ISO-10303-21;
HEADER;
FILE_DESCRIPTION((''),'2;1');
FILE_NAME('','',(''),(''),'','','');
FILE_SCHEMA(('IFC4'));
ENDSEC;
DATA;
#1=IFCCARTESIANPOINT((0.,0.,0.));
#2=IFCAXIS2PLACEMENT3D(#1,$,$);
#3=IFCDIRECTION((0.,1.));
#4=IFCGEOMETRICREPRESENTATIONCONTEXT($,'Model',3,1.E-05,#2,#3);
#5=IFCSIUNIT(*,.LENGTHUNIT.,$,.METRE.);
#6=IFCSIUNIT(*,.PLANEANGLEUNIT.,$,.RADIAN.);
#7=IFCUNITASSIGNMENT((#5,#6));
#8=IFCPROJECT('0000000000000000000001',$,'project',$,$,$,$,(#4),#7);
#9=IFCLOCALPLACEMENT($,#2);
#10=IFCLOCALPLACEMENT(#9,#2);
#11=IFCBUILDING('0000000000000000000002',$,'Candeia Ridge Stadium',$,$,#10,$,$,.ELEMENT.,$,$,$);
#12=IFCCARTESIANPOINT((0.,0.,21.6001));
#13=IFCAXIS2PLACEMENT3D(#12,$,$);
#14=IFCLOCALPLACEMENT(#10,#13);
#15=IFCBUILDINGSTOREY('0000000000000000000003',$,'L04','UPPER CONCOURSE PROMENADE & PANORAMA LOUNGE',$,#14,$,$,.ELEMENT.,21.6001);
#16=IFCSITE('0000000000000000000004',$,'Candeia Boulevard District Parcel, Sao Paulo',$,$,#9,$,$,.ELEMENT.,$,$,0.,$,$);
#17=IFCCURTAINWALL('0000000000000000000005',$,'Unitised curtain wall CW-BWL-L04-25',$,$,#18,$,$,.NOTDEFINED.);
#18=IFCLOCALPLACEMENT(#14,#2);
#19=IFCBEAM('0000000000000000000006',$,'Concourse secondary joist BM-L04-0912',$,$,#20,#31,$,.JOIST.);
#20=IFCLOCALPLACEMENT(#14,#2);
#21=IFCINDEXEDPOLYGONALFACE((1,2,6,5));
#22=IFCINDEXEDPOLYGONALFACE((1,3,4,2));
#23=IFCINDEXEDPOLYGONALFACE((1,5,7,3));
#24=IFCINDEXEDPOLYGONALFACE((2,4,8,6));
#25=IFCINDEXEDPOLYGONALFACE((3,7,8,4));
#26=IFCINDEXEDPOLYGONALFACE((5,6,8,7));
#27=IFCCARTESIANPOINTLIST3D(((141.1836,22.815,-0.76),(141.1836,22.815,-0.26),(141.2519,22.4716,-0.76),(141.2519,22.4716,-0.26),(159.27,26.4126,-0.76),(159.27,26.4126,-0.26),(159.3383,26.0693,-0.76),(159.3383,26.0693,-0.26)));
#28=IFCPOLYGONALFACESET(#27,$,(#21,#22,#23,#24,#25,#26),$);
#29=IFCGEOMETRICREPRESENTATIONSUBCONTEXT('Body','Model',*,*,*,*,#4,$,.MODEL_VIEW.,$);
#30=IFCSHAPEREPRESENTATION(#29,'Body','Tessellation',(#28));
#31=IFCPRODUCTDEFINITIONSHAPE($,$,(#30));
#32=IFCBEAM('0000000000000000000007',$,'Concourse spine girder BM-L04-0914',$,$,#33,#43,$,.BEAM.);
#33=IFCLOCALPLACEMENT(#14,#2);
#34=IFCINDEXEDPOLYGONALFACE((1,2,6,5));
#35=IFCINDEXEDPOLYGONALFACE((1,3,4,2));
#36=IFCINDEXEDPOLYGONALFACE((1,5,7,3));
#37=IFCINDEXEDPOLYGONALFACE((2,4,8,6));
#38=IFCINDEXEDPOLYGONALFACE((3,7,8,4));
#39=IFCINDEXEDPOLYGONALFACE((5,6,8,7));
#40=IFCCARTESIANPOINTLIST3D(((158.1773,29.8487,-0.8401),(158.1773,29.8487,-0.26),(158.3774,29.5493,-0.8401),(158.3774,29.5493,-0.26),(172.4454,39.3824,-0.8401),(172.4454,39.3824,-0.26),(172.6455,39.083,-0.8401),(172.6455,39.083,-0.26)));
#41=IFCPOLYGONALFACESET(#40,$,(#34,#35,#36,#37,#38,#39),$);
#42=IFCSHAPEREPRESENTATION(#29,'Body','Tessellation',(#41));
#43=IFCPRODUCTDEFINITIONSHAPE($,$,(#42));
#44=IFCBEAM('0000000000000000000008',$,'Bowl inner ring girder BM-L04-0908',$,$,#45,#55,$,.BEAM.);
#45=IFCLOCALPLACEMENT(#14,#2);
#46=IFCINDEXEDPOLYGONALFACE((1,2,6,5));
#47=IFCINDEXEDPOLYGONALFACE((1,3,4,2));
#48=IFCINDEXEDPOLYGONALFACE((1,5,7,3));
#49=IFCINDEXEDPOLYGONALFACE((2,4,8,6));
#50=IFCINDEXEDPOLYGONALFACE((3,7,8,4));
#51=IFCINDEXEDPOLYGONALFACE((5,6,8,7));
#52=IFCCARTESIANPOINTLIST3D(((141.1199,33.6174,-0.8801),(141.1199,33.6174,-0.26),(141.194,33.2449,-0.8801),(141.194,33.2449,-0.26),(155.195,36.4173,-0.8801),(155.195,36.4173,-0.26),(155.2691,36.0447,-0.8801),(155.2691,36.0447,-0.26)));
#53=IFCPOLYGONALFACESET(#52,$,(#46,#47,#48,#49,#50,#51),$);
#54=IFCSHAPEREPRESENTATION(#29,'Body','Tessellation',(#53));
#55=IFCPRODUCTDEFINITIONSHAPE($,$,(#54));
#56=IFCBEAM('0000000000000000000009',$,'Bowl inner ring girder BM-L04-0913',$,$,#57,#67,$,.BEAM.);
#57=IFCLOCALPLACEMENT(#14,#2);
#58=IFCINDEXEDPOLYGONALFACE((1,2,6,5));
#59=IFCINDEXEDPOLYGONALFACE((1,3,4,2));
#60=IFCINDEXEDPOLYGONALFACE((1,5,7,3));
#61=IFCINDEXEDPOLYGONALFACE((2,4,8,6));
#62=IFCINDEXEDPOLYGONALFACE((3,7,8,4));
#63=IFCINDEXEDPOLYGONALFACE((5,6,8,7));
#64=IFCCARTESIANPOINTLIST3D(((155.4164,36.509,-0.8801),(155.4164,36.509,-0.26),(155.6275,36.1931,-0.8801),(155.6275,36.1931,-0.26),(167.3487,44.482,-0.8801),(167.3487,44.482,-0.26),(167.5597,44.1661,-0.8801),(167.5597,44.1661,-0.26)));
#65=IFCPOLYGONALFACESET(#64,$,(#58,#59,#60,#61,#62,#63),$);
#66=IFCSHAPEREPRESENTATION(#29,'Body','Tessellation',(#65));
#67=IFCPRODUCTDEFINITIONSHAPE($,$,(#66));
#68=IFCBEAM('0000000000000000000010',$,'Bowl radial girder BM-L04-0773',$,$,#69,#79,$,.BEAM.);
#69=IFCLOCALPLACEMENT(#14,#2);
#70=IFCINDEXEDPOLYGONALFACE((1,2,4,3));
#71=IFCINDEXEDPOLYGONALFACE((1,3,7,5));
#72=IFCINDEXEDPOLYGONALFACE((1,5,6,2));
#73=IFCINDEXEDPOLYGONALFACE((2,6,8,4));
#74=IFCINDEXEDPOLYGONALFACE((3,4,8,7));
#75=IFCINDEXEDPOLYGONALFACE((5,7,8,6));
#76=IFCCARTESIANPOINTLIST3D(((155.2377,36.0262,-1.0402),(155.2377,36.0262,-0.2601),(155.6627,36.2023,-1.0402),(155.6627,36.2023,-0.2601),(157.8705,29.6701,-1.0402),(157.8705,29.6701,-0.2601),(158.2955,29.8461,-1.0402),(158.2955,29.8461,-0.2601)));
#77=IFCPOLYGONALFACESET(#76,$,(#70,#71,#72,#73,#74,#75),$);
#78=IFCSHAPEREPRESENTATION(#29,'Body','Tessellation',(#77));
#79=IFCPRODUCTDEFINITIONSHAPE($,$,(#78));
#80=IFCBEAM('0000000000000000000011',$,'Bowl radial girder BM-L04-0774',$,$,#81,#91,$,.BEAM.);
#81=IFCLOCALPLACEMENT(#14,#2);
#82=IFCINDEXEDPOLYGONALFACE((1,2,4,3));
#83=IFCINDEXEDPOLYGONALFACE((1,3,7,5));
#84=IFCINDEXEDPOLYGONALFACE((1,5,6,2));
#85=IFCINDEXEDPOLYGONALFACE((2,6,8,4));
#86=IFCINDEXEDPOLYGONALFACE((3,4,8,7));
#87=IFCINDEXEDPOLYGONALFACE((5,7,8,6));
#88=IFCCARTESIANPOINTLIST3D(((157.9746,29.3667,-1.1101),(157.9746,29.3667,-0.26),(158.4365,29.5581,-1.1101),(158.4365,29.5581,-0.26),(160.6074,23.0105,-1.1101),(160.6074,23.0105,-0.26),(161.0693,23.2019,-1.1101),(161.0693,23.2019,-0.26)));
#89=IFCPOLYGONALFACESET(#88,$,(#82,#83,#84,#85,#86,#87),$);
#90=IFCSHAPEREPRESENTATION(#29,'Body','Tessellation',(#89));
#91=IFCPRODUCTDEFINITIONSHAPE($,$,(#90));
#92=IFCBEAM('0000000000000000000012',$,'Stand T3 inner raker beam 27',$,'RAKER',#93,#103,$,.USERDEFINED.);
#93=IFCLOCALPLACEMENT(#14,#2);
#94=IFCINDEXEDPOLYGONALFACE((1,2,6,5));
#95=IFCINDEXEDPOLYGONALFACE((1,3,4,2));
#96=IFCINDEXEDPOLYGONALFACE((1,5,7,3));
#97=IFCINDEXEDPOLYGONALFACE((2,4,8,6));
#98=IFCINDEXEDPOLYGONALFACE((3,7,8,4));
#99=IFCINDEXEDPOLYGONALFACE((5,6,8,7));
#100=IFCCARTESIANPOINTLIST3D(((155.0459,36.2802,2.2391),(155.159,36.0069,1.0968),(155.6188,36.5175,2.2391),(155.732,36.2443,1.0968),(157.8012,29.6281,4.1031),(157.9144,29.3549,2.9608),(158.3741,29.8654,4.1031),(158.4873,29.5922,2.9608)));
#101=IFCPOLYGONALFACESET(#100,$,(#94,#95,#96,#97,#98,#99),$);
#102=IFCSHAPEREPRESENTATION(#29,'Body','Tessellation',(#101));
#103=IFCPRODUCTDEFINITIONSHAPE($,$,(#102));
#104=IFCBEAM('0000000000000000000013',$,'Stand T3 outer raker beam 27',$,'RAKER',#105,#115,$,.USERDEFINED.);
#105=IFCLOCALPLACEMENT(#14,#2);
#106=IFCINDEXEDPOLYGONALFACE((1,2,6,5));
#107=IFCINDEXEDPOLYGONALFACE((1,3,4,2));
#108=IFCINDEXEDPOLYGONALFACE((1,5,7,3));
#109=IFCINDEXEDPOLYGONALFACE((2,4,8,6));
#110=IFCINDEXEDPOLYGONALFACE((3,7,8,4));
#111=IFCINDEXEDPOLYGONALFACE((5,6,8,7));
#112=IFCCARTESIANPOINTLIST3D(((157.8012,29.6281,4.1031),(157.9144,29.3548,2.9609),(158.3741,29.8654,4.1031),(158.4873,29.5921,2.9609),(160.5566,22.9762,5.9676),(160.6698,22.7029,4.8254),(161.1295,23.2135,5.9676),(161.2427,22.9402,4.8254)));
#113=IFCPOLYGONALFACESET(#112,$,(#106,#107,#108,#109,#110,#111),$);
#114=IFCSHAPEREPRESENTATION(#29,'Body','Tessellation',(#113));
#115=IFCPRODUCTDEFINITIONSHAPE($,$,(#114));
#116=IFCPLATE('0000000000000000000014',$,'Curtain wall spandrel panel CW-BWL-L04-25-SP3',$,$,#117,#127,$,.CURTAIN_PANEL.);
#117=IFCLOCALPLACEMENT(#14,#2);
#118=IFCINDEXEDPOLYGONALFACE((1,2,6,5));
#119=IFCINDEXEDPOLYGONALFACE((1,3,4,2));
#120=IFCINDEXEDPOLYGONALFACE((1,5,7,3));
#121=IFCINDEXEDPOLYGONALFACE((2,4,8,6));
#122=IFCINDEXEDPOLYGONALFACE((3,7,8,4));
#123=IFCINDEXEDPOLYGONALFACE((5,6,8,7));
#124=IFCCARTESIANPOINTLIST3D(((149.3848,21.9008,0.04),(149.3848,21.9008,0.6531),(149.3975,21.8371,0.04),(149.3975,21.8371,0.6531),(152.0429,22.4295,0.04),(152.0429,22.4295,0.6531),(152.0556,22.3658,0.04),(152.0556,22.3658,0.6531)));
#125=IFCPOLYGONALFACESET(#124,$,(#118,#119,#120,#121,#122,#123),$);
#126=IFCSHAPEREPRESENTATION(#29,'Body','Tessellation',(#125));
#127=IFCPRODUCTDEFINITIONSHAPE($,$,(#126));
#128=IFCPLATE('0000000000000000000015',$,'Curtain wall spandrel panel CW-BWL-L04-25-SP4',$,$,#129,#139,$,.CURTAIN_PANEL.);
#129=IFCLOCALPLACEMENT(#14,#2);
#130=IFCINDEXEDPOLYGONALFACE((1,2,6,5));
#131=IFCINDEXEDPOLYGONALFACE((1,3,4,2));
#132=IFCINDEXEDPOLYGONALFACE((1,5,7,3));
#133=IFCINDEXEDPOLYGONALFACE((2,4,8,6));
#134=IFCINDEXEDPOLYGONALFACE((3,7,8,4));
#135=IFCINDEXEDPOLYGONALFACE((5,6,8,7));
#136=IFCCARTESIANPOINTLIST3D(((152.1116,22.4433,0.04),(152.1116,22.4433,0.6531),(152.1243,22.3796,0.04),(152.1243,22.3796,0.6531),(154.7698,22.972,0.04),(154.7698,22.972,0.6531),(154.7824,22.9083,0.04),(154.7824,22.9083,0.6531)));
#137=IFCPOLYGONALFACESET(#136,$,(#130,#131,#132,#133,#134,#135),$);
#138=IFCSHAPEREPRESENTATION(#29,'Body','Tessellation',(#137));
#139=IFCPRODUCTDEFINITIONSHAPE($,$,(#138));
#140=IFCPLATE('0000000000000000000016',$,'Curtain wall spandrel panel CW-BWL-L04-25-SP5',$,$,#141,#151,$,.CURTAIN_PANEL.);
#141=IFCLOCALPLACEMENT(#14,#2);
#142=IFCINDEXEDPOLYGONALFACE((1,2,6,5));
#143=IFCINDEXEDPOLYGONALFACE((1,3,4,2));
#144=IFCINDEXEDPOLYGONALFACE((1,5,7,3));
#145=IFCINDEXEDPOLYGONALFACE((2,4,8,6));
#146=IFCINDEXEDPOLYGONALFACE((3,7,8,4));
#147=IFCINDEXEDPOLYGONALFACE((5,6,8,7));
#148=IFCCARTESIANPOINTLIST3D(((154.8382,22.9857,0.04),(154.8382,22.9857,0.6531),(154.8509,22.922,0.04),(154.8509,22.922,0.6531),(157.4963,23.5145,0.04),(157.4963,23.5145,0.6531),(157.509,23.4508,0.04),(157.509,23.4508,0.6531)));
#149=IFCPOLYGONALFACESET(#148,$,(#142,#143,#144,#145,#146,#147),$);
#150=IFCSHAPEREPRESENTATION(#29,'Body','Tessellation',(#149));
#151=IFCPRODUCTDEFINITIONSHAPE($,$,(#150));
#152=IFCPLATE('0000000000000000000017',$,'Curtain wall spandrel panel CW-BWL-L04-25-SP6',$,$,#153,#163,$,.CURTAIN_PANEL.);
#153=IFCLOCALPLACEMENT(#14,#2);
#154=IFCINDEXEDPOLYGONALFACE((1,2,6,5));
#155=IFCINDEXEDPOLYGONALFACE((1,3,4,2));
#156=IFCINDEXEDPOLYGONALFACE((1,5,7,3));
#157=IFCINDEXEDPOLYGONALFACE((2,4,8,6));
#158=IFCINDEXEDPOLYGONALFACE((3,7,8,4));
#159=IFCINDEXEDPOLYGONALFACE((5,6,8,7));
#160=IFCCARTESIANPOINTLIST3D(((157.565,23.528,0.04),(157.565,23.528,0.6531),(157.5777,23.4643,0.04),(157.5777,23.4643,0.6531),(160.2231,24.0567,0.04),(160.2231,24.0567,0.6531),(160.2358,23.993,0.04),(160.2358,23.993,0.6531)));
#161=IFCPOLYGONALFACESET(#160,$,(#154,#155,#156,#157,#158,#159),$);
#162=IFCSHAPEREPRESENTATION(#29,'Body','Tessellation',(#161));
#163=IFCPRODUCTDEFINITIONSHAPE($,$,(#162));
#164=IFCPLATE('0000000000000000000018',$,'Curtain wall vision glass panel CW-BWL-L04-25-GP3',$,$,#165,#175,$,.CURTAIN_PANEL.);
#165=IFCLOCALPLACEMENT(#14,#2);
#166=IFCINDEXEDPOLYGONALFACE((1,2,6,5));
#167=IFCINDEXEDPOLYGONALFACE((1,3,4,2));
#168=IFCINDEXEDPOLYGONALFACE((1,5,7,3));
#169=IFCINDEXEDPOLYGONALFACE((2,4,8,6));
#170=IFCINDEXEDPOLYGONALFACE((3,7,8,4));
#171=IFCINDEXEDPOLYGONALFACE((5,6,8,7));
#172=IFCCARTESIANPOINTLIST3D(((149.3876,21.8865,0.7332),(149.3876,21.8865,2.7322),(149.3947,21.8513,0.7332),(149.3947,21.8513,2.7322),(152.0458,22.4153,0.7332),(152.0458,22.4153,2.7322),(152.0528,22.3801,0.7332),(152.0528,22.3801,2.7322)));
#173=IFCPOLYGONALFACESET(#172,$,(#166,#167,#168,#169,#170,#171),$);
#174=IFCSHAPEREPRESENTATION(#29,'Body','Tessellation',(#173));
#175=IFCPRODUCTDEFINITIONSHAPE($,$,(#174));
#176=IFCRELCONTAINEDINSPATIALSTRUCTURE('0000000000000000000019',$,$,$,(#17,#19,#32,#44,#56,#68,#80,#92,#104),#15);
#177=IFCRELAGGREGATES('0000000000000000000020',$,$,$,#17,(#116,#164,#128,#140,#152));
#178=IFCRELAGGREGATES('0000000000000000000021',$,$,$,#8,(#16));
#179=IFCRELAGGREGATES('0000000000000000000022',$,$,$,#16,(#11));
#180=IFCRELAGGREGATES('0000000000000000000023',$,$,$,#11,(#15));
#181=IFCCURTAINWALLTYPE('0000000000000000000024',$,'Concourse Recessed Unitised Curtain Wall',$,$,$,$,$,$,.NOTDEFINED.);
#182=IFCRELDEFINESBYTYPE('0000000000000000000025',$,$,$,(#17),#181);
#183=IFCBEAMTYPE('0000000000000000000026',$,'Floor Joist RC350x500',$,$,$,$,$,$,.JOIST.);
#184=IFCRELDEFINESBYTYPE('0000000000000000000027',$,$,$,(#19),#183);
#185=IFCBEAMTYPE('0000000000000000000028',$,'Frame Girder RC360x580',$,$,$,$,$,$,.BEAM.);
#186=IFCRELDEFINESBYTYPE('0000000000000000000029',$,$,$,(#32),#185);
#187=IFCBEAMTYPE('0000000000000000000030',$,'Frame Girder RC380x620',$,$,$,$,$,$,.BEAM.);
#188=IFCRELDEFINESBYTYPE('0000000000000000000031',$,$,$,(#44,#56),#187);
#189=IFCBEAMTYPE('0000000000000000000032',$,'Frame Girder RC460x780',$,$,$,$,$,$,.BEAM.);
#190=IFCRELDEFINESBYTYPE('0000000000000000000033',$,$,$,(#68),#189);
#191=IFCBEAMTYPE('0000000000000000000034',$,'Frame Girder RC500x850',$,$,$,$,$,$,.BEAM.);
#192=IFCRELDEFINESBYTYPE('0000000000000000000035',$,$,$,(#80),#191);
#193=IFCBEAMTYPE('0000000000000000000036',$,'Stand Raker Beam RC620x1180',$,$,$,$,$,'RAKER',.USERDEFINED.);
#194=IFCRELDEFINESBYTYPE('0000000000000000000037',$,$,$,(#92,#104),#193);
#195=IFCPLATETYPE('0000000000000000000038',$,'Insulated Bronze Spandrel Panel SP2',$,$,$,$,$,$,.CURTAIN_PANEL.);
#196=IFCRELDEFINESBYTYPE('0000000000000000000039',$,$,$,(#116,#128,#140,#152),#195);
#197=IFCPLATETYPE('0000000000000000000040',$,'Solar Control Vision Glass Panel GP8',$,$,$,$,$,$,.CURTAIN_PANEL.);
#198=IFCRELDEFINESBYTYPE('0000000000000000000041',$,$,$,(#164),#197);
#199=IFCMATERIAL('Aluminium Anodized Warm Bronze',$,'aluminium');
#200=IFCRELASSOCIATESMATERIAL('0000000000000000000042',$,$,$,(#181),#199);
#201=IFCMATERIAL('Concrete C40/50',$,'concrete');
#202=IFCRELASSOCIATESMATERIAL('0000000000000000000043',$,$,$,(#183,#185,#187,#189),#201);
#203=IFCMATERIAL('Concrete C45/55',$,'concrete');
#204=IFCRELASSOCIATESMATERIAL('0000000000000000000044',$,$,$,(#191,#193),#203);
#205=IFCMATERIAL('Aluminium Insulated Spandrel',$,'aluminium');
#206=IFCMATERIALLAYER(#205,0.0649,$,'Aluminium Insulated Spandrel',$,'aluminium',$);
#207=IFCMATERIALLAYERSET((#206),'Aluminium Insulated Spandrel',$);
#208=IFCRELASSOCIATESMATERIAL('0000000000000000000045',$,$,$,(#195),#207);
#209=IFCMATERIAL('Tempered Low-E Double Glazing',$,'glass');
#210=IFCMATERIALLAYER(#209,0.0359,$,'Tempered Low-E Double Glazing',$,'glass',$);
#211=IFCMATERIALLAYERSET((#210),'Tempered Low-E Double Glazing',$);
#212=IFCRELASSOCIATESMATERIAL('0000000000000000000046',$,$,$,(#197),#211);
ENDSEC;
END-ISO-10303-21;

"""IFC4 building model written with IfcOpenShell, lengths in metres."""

from ifc_helpers import new_model, si_unit, direction, frame, origin, origin_2d, place, context, subcontext, project, spatial, rectangle, extrude, material, layer, layer_set, material_profile, profile_set, type_object, element, aggregate, save


model = new_model("IFC4")

# Units and contexts
model_context = context("Model", 3, precision=1e-05, world=origin(), true_north=direction((0.0, 1.0)))
body_context = subcontext(model_context, "Body", "Model", "MODEL_VIEW")
ifc_project = project(units=[si_unit("LENGTHUNIT", "METRE"), si_unit("PLANEANGLEUNIT", "RADIAN")], contexts=[model_context])

# Site, building, storey
site_placement = place(None, origin())
site = spatial("IfcSite", under=ifc_project, at=site_placement, Name="Candeia Boulevard District Parcel, Sao Paulo", CompositionType="ELEMENT", RefElevation=0.0)
building_placement = place(site_placement, origin())
building = spatial("IfcBuilding", under=site, at=building_placement, Name="Candeia Ridge Stadium", CompositionType="ELEMENT")
storey_placement = place(building_placement, frame((0.0, 0.0, 21.6001)))
storey = spatial("IfcBuildingStorey", under=building, at=storey_placement, Name="L04", Description="UPPER CONCOURSE PROMENADE & PANORAMA LOUNGE", CompositionType="ELEMENT", Elevation=21.6001)

# Shared definitions
ifc_material_1 = material(Name="Concrete C45/55", Category="concrete")

# Shared definitions
ifc_material_2 = material(Name="Concrete C40/50", Category="concrete")

# Curtain wall
ifc_material_3 = material(Name="Aluminium Anodized Warm Bronze", Category="aluminium")
curtain_wall_type = type_object("IfcCurtainWallType", Name="Concourse Recessed Unitised Curtain Wall", PredefinedType="NOTDEFINED", material=ifc_material_3)
curtain_wall_1_placement = place(storey_placement, origin())
curtain_wall_1 = element("IfcCurtainWall", 1, at=curtain_wall_1_placement, inside=storey, type_object=curtain_wall_type, Name="Unitised curtain wall CW-BWL-L04-25", PredefinedType="NOTDEFINED")

# Beams
ifc_material_profile_1 = material_profile(ifc_material_2, rectangle(XDim=0.3501, YDim=0.5, at=origin_2d()), Name="RC350x500", Category="concrete")
ifc_profile_set_1 = profile_set([ifc_material_profile_1], Name="Concrete C40/50")
beam_type_1 = type_object("IfcBeamType", Name="Floor Joist RC350x500", PredefinedType="JOIST", material=ifc_profile_set_1)
beam_1_placement = place(storey_placement, frame((141.2178, 22.6433, -0.51), z_axis=(0.980785, 0.195093, 0.0), x_axis=(-0.195093, 0.980785, 0.0)))
element("IfcBeam", 2, at=beam_1_placement, inside=storey, type_object=beam_type_1, Name="Concourse secondary joist BM-L04-0912", PredefinedType="JOIST", context=body_context, shape_type="SweptSolid", body=[
    extrude(rectangle(XDim=0.3501, YDim=0.5, at=origin_2d()), origin(), (0.0, 0.0, 1.0), 18.4407),
])
ifc_material_profile_2 = material_profile(ifc_material_2, rectangle(XDim=0.3601, YDim=0.5801, at=origin_2d()), Name="RC360x580", Category="concrete")
ifc_profile_set_2 = profile_set([ifc_material_profile_2], Name="Concrete C40/50")
beam_type_2 = type_object("IfcBeamType", Name="Frame Girder RC360x580", PredefinedType="BEAM", material=ifc_profile_set_2)
beam_2_placement = place(storey_placement, frame((158.2773, 29.699, -0.55), z_axis=(0.831468, 0.555573, 0.0), x_axis=(-0.555573, 0.831468, 0.0)))
element("IfcBeam", 3, at=beam_2_placement, inside=storey, type_object=beam_type_2, Name="Concourse spine girder BM-L04-0914", PredefinedType="BEAM", context=body_context, shape_type="SweptSolid", body=[
    extrude(rectangle(XDim=0.3601, YDim=0.5801, at=origin_2d()), origin(), (0.0, 0.0, 1.0), 17.1602),
])
ifc_material_profile_3 = material_profile(ifc_material_2, rectangle(XDim=0.3799, YDim=0.6201, at=origin_2d()), Name="RC380x620", Category="concrete")
ifc_profile_set_3 = profile_set([ifc_material_profile_3], Name="Concrete C40/50")
beam_type_3 = type_object("IfcBeamType", Name="Frame Girder RC380x620", PredefinedType="BEAM", material=ifc_profile_set_3)
for number, where, z_axis, x_axis, name in (
    (4, (141.157, 33.4312, -0.5701), (0.980784, 0.195099, 0.0), (-0.195099, 0.980784, 0.0), "Bowl inner ring girder BM-L04-0908"),
    (5, (155.522, 36.3511, -0.5701), (0.831466, 0.555575, 0.0), (-0.555575, 0.831466, 0.0), "Bowl inner ring girder BM-L04-0913"),
):
    element("IfcBeam", number, at=place(storey_placement, frame(where, z_axis=z_axis, x_axis=x_axis)), inside=storey, type_object=beam_type_3, Name=name, PredefinedType="BEAM", context=body_context, shape_type="SweptSolid", body=[
        extrude(rectangle(XDim=0.3799, YDim=0.6201, at=origin_2d()), origin(), (0.0, 0.0, 1.0), 14.3508),
    ])
ifc_material_profile_4 = material_profile(ifc_material_2, rectangle(XDim=0.46, YDim=0.78, at=origin_2d()), Name="RC460x780", Category="concrete")
ifc_profile_set_4 = profile_set([ifc_material_profile_4], Name="Concrete C40/50")
beam_type_4 = type_object("IfcBeamType", Name="Frame Girder RC460x780", PredefinedType="BEAM", material=ifc_profile_set_4)
beam_3_placement = place(storey_placement, frame((155.4502, 36.1143, -0.6501), z_axis=(0.382682, -0.92388, 0.0), x_axis=(0.92388, 0.382682, 0.0)))
element("IfcBeam", 6, at=beam_3_placement, inside=storey, type_object=beam_type_4, Name="Bowl radial girder BM-L04-0773", PredefinedType="BEAM", context=body_context, shape_type="SweptSolid", body=[
    extrude(rectangle(XDim=0.46, YDim=0.78, at=origin_2d()), origin(), (0.0, 0.0, 1.0), 6.8799),
])
ifc_material_profile_5 = material_profile(ifc_material_1, rectangle(XDim=0.5, YDim=0.8501, at=origin_2d()), Name="RC500x850", Category="concrete")
ifc_profile_set_5 = profile_set([ifc_material_profile_5], Name="Concrete C45/55")
beam_type_5 = type_object("IfcBeamType", Name="Frame Girder RC500x850", PredefinedType="BEAM", material=ifc_profile_set_5)
beam_4_placement = place(storey_placement, frame((158.2056, 29.4624, -0.6851), z_axis=(0.382682, -0.92388, 0.0), x_axis=(0.92388, 0.382682, 0.0)))
element("IfcBeam", 7, at=beam_4_placement, inside=storey, type_object=beam_type_5, Name="Bowl radial girder BM-L04-0774", PredefinedType="BEAM", context=body_context, shape_type="SweptSolid", body=[
    extrude(rectangle(XDim=0.5, YDim=0.8501, at=origin_2d()), origin(), (0.0, 0.0, 1.0), 6.8799),
])
ifc_material_profile_6 = material_profile(ifc_material_1, rectangle(XDim=0.6201, YDim=1.1799, at=origin_2d()), Name="RC620x1180", Category="concrete")
ifc_profile_set_6 = profile_set([ifc_material_profile_6], Name="Concrete C45/55")
beam_type_6 = type_object("IfcBeamType", Name="Stand Raker Beam RC620x1180", ElementType="RAKER", PredefinedType="USERDEFINED", material=ifc_profile_set_6)
for number, where, z_axis, x_axis, name in (
    (8, (155.3889, 36.2622, 1.668), (0.370468, -0.894395, 0.250622), (0.92388, 0.382681, 0.0), "Stand T3 inner raker beam 27"),
    (9, (158.1443, 29.6101, 3.532), (0.370473, -0.894373, 0.250691), (0.923875, 0.382693, 0.0), "Stand T3 outer raker beam 27"),
):
    element("IfcBeam", number, at=place(storey_placement, frame(where, z_axis=z_axis, x_axis=x_axis)), inside=storey, type_object=beam_type_6, Name=name, ObjectType="RAKER", PredefinedType="USERDEFINED", context=body_context, shape_type="SweptSolid", body=[
        extrude(rectangle(XDim=0.6201, YDim=1.1799, at=origin_2d()), origin(), (0.0, 0.0, 1.0), 7.4375),
    ])

# Plates
ifc_material_4 = material(Name="Aluminium Insulated Spandrel", Category="aluminium")
ifc_layer_1 = layer(ifc_material_4, 0.0649, Name="Aluminium Insulated Spandrel", Category="aluminium")
ifc_layer_set_1 = layer_set([ifc_layer_1], Name="Aluminium Insulated Spandrel")
plate_type_1 = type_object("IfcPlateType", Name="Insulated Bronze Spandrel Panel SP2", PredefinedType="CURTAIN_PANEL", material=ifc_layer_set_1)
plate_1_placement = place(storey_placement, frame((150.7202, 22.1333, 0.04), z_axis=(0.0, 0.0, 1.0), x_axis=(0.980785, 0.19509, 0.0)))
plate_1 = element("IfcPlate", 10, at=plate_1_placement, type_object=plate_type_1, Name="Curtain wall spandrel panel CW-BWL-L04-25-SP3", PredefinedType="CURTAIN_PANEL", context=body_context, shape_type="SweptSolid", body=[
    extrude(rectangle(XDim=2.7102, YDim=0.0649, at=origin_2d()), origin(), (0.0, 0.0, 1.0), 0.613),
])
plate_2_placement = place(storey_placement, frame((153.447, 22.6758, 0.04), z_axis=(0.0, 0.0, 1.0), x_axis=(0.980785, 0.19509, 0.0)))
plate_2 = element("IfcPlate", 11, at=plate_2_placement, type_object=plate_type_1, Name="Curtain wall spandrel panel CW-BWL-L04-25-SP4", PredefinedType="CURTAIN_PANEL", context=body_context, shape_type="SweptSolid", body=[
    extrude(rectangle(XDim=2.7102, YDim=0.0649, at=origin_2d()), origin(), (0.0, 0.0, 1.0), 0.613),
])
plate_3_placement = place(storey_placement, frame((156.1736, 23.2183, 0.04), z_axis=(0.0, 0.0, 1.0), x_axis=(0.980785, 0.19509, 0.0)))
plate_3 = element("IfcPlate", 12, at=plate_3_placement, type_object=plate_type_1, Name="Curtain wall spandrel panel CW-BWL-L04-25-SP5", PredefinedType="CURTAIN_PANEL", context=body_context, shape_type="SweptSolid", body=[
    extrude(rectangle(XDim=2.7102, YDim=0.0649, at=origin_2d()), origin(), (0.0, 0.0, 1.0), 0.613),
])
plate_4_placement = place(storey_placement, frame((158.9004, 23.7605, 0.04), z_axis=(0.0, 0.0, 1.0), x_axis=(0.980785, 0.19509, 0.0)))
plate_4 = element("IfcPlate", 13, at=plate_4_placement, type_object=plate_type_1, Name="Curtain wall spandrel panel CW-BWL-L04-25-SP6", PredefinedType="CURTAIN_PANEL", context=body_context, shape_type="SweptSolid", body=[
    extrude(rectangle(XDim=2.7102, YDim=0.0649, at=origin_2d()), origin(), (0.0, 0.0, 1.0), 0.613),
])
ifc_material_5 = material(Name="Tempered Low-E Double Glazing", Category="glass")
ifc_layer_2 = layer(ifc_material_5, 0.0359, Name="Tempered Low-E Double Glazing", Category="glass")
ifc_layer_set_2 = layer_set([ifc_layer_2], Name="Tempered Low-E Double Glazing")
plate_type_2 = type_object("IfcPlateType", Name="Solar Control Vision Glass Panel GP8", PredefinedType="CURTAIN_PANEL", material=ifc_layer_set_2)
plate_5_placement = place(storey_placement, frame((150.7202, 22.1333, 0.7332), z_axis=(0.0, 0.0, 1.0), x_axis=(0.980785, 0.19509, 0.0)))
plate_5 = element("IfcPlate", 14, at=plate_5_placement, type_object=plate_type_2, Name="Curtain wall vision glass panel CW-BWL-L04-25-GP3", PredefinedType="CURTAIN_PANEL", context=body_context, shape_type="SweptSolid", body=[
    extrude(rectangle(XDim=2.7102, YDim=0.0359, at=origin_2d()), origin(), (0.0, 0.0, 1.0), 1.999),
])
aggregate(curtain_wall_1, [plate_1, plate_5, plate_2, plate_3, plate_4])

save(model, "model.ifc")
